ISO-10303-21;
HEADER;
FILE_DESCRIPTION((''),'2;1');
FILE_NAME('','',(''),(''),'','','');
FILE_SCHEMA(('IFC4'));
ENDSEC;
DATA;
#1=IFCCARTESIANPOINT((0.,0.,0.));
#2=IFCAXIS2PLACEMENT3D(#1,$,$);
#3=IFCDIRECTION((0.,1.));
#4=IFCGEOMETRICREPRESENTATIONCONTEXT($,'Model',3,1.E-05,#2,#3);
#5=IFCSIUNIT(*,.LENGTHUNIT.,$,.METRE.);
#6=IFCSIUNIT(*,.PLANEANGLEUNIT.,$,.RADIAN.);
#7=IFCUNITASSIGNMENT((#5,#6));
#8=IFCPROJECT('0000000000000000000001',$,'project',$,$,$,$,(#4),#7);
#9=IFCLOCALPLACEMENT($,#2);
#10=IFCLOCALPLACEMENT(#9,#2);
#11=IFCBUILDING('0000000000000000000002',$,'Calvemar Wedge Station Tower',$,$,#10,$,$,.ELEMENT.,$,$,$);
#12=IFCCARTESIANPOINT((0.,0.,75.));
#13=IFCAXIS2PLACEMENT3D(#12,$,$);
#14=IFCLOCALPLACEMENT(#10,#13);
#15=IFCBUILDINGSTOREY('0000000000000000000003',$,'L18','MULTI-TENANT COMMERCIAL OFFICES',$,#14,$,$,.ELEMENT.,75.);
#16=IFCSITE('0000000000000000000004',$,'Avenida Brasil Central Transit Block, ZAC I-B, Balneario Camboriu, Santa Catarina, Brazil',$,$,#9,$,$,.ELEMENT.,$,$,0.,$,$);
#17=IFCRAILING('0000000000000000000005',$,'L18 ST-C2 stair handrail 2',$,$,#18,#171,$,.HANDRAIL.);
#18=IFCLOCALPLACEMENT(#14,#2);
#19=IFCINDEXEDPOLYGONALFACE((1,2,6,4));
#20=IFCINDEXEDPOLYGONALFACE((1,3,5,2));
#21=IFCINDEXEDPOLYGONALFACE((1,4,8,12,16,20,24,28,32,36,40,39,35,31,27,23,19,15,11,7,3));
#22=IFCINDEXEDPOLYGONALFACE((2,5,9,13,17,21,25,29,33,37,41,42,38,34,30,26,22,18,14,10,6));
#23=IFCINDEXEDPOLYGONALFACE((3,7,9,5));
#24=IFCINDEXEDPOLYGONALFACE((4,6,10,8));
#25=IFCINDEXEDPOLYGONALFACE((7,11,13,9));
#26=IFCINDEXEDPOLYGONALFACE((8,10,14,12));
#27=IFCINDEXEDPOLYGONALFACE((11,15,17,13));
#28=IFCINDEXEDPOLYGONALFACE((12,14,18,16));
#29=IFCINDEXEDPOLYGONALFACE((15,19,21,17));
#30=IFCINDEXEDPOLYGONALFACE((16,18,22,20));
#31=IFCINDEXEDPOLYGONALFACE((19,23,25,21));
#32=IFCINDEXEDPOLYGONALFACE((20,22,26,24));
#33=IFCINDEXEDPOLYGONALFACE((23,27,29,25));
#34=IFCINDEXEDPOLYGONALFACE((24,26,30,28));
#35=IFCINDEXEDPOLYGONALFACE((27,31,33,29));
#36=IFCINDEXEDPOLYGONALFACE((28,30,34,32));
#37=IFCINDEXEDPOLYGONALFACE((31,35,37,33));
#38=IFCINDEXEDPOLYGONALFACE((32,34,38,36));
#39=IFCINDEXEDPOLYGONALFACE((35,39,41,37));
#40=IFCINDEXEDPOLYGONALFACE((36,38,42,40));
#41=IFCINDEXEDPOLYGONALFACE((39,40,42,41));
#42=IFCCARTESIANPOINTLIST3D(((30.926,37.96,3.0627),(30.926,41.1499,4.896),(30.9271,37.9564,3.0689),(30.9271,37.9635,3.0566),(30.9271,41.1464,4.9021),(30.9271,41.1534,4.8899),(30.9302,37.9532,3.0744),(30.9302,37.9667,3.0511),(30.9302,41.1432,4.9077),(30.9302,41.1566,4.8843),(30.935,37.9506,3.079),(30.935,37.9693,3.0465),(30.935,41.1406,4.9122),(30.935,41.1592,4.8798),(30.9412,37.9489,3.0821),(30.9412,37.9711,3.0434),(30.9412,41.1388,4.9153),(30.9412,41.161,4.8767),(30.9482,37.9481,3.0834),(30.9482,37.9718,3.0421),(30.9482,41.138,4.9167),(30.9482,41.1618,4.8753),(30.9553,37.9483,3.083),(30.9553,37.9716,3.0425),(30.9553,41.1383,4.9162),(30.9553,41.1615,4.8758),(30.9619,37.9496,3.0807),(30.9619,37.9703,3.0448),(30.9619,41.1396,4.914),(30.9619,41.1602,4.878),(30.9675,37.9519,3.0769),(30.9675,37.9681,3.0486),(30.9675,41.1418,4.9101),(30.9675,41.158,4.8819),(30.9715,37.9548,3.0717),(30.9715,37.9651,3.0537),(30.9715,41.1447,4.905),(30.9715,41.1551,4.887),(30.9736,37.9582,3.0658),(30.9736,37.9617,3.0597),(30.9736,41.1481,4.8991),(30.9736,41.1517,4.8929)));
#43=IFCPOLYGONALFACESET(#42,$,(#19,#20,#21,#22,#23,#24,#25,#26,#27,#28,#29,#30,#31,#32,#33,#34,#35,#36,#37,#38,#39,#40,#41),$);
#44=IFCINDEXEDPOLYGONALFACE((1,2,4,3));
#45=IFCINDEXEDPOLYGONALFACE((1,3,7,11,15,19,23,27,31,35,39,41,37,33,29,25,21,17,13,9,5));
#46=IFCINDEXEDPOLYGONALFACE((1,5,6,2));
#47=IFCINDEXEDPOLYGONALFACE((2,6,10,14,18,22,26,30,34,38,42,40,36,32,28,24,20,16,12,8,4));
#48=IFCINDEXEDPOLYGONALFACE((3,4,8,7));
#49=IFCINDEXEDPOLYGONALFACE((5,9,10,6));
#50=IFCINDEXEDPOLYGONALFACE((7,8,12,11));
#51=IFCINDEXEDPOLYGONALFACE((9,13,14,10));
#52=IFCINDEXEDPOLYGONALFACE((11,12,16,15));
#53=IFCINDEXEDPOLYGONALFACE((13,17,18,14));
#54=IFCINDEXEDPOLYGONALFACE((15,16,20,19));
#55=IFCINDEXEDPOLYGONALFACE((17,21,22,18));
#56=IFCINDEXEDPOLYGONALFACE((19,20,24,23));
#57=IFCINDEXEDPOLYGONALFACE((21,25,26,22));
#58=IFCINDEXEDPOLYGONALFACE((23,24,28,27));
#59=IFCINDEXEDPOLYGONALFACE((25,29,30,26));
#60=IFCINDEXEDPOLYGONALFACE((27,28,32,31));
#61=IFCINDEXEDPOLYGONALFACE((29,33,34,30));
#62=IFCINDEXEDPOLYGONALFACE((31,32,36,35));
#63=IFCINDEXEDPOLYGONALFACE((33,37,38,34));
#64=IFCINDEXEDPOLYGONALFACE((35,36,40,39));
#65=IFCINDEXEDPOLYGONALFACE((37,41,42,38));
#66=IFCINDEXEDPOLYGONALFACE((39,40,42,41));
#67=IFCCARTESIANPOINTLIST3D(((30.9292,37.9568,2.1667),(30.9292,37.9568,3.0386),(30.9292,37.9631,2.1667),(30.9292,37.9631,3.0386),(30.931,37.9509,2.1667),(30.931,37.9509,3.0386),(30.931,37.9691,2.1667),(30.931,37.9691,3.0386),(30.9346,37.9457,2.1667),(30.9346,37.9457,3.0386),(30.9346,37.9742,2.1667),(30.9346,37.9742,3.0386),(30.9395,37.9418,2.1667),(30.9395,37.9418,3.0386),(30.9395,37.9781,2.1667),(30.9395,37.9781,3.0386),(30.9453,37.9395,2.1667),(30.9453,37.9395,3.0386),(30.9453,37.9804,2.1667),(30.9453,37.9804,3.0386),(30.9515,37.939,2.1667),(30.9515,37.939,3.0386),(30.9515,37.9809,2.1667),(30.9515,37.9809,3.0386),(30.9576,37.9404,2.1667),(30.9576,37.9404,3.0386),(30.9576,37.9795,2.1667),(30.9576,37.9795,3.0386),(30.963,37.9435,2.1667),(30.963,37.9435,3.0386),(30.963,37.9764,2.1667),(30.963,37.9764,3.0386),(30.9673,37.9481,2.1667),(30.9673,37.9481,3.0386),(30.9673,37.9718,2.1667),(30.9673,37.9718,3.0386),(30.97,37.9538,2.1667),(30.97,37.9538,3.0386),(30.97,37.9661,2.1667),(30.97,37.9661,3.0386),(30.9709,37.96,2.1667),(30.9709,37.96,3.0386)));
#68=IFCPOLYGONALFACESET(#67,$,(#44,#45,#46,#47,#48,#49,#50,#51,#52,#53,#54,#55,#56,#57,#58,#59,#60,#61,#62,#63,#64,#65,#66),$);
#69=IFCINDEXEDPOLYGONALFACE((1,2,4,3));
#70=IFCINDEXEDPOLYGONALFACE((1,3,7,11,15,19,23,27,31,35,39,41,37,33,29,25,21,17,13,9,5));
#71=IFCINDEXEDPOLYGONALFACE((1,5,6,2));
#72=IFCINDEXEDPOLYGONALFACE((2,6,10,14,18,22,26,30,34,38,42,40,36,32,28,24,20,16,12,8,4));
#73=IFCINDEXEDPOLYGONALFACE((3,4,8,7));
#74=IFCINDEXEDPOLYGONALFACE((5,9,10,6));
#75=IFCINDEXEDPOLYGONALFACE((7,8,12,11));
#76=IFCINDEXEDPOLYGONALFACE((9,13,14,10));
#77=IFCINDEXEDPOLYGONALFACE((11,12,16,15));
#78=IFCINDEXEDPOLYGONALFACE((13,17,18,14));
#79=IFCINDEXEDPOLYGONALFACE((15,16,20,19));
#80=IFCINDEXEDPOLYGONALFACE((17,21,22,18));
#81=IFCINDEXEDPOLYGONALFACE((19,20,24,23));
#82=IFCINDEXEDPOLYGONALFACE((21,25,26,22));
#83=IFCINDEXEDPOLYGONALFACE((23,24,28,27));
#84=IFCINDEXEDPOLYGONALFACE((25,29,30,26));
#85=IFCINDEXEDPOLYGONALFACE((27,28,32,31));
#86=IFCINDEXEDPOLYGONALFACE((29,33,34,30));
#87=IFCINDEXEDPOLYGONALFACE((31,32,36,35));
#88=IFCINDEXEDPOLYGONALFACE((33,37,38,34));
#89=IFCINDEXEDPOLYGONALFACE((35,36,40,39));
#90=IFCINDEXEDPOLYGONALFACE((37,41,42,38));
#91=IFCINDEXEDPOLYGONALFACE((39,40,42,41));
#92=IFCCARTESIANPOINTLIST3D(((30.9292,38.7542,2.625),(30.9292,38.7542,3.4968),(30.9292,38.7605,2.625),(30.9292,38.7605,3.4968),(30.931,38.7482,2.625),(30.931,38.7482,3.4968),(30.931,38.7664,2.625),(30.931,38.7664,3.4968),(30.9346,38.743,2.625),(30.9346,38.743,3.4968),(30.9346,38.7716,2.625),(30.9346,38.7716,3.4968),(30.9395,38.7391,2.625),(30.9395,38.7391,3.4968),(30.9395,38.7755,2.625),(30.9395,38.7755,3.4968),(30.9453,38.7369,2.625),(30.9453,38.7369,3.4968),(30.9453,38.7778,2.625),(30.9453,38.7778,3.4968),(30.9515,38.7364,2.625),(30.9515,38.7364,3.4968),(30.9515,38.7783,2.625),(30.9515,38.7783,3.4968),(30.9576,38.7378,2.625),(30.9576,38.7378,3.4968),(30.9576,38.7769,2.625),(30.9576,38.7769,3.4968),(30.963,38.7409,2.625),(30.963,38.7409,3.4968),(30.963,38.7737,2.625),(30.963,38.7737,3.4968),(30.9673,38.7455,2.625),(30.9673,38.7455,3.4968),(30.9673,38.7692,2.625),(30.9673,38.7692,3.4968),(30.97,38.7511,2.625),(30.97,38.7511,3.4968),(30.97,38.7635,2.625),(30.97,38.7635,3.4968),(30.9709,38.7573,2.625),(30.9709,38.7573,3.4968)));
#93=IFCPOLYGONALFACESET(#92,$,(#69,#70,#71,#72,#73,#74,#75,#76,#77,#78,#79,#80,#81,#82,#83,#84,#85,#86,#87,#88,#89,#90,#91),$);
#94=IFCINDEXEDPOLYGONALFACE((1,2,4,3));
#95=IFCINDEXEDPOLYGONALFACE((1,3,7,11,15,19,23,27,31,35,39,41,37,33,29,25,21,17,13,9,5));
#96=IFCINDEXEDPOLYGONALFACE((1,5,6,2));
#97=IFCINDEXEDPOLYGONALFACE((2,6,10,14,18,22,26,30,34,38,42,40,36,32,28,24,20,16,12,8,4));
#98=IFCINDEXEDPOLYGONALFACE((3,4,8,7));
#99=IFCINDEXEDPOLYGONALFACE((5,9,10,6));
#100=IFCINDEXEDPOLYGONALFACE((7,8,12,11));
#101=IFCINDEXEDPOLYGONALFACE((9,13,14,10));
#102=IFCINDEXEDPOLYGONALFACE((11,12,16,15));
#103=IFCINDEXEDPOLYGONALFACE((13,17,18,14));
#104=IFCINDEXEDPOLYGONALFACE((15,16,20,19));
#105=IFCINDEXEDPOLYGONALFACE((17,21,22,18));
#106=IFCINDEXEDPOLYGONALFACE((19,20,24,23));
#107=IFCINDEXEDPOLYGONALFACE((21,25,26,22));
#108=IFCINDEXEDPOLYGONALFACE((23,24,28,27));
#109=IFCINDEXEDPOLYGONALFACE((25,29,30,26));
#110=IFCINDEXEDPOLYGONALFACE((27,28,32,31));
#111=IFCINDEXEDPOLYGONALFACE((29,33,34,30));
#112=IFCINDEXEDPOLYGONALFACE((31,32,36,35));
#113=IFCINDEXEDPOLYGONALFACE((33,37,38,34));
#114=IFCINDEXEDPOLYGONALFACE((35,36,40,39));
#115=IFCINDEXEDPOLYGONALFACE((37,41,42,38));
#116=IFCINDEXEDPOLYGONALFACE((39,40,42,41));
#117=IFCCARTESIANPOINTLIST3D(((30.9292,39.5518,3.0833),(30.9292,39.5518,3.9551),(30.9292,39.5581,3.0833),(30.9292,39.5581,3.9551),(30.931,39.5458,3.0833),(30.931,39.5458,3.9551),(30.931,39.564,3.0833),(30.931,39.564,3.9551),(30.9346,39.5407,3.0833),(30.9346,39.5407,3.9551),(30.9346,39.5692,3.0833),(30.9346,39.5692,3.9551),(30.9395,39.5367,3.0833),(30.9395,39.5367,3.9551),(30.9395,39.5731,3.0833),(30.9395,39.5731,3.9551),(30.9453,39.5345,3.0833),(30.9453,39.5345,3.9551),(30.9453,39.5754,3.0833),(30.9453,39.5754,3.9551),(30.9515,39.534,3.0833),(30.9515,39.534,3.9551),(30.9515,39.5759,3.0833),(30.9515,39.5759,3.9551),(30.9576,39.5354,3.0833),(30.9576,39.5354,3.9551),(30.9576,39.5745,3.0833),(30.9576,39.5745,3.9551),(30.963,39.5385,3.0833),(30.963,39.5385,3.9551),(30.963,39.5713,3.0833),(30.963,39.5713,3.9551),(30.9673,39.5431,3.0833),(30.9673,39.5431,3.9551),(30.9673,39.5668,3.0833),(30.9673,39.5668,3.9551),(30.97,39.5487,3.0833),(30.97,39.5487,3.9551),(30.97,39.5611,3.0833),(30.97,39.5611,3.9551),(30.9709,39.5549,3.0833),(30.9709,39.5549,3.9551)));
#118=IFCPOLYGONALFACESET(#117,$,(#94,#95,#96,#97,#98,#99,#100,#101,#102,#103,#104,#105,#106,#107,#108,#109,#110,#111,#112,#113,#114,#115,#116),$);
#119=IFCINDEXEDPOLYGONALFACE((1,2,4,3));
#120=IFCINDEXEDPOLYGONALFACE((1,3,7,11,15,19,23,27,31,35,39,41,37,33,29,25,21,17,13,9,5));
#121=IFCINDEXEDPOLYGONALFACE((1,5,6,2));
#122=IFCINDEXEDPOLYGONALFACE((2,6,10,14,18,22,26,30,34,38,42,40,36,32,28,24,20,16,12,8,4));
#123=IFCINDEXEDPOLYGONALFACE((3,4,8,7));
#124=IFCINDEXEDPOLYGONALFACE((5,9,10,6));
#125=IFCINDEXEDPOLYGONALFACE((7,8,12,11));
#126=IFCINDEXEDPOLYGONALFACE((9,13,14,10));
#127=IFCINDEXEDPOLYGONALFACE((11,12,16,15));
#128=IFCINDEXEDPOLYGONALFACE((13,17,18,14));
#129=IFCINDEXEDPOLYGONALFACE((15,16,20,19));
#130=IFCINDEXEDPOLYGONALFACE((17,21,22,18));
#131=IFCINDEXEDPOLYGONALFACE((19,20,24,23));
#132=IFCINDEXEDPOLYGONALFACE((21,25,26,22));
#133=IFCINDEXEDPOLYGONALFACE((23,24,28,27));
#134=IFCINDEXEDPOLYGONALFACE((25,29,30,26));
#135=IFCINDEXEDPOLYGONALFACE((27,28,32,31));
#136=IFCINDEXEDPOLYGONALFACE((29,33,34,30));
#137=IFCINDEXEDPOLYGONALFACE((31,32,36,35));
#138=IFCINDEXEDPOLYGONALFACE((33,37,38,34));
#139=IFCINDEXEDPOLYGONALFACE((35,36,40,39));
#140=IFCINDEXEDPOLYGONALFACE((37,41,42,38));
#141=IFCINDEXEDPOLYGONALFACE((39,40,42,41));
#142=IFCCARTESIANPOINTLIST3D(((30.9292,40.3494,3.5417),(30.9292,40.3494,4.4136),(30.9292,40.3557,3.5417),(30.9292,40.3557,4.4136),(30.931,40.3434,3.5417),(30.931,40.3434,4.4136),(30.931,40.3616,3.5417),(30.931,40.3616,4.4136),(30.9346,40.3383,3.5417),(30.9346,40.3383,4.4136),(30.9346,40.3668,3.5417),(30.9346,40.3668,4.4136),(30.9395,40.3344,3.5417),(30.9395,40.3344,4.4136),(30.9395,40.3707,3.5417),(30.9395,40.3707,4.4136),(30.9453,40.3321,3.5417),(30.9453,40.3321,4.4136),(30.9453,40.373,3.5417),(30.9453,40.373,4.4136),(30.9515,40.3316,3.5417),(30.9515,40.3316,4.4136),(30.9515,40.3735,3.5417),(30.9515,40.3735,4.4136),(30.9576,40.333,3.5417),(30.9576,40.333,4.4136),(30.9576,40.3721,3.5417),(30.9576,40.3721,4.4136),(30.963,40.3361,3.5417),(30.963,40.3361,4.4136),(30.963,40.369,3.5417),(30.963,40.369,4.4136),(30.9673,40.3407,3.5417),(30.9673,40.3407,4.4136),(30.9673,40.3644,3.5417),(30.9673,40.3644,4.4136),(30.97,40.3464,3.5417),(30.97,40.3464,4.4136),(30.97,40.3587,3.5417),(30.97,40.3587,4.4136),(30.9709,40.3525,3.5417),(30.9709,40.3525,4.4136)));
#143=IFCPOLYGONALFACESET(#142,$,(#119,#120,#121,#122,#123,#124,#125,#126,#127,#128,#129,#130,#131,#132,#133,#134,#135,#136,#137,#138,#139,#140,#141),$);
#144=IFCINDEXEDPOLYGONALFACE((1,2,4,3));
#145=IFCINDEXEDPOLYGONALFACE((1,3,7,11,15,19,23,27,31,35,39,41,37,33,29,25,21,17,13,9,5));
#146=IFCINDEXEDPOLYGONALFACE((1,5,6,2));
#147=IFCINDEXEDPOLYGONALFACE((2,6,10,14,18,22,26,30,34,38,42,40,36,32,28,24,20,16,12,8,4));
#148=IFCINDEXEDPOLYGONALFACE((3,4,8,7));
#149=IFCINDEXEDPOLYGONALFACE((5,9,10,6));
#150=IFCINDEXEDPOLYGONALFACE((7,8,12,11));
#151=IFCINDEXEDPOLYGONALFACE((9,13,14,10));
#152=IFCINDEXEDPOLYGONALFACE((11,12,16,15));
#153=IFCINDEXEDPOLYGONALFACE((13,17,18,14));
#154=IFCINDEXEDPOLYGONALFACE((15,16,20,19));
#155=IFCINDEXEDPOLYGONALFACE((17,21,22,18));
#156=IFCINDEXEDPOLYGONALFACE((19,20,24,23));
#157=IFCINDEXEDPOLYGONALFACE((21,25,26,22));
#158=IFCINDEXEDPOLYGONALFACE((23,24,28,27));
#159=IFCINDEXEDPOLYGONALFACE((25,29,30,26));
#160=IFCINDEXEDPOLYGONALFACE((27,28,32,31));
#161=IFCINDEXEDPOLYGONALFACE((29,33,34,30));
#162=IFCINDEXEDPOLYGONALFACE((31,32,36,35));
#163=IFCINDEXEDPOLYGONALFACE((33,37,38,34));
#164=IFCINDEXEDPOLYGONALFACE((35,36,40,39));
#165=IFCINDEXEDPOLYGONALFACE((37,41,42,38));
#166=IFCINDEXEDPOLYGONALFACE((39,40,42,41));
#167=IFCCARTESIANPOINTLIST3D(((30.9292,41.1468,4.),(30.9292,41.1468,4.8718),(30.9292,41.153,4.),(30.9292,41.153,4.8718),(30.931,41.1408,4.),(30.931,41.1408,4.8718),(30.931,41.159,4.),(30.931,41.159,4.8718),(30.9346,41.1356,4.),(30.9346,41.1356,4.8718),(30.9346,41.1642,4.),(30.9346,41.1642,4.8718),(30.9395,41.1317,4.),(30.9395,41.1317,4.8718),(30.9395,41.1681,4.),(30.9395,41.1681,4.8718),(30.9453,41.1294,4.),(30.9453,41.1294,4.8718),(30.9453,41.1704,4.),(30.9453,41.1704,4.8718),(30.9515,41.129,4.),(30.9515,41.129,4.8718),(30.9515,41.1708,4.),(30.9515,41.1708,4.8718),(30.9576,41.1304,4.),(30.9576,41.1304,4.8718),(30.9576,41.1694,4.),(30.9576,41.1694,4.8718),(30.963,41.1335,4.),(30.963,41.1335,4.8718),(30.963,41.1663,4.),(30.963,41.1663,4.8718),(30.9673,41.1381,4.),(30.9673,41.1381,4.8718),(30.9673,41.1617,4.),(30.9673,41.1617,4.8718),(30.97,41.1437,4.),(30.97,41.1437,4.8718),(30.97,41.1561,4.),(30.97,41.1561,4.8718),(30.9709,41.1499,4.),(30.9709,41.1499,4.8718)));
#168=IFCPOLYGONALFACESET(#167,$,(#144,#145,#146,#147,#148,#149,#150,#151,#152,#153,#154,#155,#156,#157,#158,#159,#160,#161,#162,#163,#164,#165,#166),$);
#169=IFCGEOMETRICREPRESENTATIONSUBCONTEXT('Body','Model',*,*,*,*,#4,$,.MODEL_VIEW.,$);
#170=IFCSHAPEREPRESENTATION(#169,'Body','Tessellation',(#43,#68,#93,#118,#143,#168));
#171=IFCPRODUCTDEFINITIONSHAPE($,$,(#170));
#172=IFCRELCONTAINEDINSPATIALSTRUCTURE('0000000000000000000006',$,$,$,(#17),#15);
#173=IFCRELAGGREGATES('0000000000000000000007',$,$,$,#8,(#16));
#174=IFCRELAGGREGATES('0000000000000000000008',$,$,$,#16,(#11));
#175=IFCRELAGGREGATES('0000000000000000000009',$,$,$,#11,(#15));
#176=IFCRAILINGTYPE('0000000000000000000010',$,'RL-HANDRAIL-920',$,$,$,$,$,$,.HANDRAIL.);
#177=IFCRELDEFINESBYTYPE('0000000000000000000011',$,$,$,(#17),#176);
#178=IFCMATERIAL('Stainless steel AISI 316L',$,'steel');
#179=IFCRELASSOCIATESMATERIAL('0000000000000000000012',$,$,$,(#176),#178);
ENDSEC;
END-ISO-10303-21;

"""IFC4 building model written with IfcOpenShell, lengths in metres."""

from ifc_helpers import new_model, si_unit, direction, frame, origin, origin_2d, place, context, subcontext, project, spatial, circle, extrude, material, type_object, element, save


model = new_model("IFC4")

# Units and contexts
model_context = context("Model", 3, precision=1e-05, world=origin(), true_north=direction((0.0, 1.0)))
body_context = subcontext(model_context, "Body", "Model", "MODEL_VIEW")
ifc_project = project(units=[si_unit("LENGTHUNIT", "METRE"), si_unit("PLANEANGLEUNIT", "RADIAN")], contexts=[model_context])

# Site, building, storey
site_placement = place(None, origin())
site = spatial("IfcSite", under=ifc_project, at=site_placement, Name="Avenida Brasil Central Transit Block, ZAC I-B, Balneario Camboriu, Santa Catarina, Brazil", CompositionType="ELEMENT", RefElevation=0.0)
building_placement = place(site_placement, origin())
building = spatial("IfcBuilding", under=site, at=building_placement, Name="Calvemar Wedge Station Tower", CompositionType="ELEMENT")
storey_placement = place(building_placement, frame((0.0, 0.0, 75.0)))
storey = spatial("IfcBuildingStorey", under=building, at=storey_placement, Name="L18", Description="MULTI-TENANT COMMERCIAL OFFICES", CompositionType="ELEMENT", Elevation=75.0)

# Railing
ifc_material_1 = material(Name="Stainless steel AISI 316L", Category="steel")
railing_type_1 = type_object("IfcRailingType", Name="RL-HANDRAIL-920", PredefinedType="HANDRAIL", material=ifc_material_1)
railing_1_placement = place(storey_placement, frame((30.95, 37.96, 2.1667)))
element("IfcRailing", 1, at=railing_1_placement, inside=storey, type_object=railing_type_1, Name="L18 ST-C2 stair handrail 2", PredefinedType="HANDRAIL", context=body_context, shape_type="SweptSolid", body=[
    extrude(circle(Radius=0.0239, at=origin_2d()), frame((0.0, 0.0, 0.896), z_axis=(0.0, 0.86702, 0.498274), x_axis=(-1.0, 0.0, 0.0)), (0.0, 0.0, 1.0), 3.6792),
    extrude(circle(Radius=0.021, at=origin_2d()), origin(), (0.0, 0.0, 1.0), 0.8718),
    extrude(circle(Radius=0.021, at=origin_2d()), frame((0.0, 0.7974, 0.4583)), (0.0, 0.0, 1.0), 0.8718),
    extrude(circle(Radius=0.021, at=origin_2d()), frame((0.0, 1.595, 0.9165)), (0.0, 0.0, 1.0), 0.8718),
    extrude(circle(Radius=0.021, at=origin_2d()), frame((0.0, 2.3926, 1.375)), (0.0, 0.0, 1.0), 0.8718),
    extrude(circle(Radius=0.021, at=origin_2d()), frame((0.0, 3.1899, 1.8333)), (0.0, 0.0, 1.0), 0.8718),
])

save(model, "model.ifc")
